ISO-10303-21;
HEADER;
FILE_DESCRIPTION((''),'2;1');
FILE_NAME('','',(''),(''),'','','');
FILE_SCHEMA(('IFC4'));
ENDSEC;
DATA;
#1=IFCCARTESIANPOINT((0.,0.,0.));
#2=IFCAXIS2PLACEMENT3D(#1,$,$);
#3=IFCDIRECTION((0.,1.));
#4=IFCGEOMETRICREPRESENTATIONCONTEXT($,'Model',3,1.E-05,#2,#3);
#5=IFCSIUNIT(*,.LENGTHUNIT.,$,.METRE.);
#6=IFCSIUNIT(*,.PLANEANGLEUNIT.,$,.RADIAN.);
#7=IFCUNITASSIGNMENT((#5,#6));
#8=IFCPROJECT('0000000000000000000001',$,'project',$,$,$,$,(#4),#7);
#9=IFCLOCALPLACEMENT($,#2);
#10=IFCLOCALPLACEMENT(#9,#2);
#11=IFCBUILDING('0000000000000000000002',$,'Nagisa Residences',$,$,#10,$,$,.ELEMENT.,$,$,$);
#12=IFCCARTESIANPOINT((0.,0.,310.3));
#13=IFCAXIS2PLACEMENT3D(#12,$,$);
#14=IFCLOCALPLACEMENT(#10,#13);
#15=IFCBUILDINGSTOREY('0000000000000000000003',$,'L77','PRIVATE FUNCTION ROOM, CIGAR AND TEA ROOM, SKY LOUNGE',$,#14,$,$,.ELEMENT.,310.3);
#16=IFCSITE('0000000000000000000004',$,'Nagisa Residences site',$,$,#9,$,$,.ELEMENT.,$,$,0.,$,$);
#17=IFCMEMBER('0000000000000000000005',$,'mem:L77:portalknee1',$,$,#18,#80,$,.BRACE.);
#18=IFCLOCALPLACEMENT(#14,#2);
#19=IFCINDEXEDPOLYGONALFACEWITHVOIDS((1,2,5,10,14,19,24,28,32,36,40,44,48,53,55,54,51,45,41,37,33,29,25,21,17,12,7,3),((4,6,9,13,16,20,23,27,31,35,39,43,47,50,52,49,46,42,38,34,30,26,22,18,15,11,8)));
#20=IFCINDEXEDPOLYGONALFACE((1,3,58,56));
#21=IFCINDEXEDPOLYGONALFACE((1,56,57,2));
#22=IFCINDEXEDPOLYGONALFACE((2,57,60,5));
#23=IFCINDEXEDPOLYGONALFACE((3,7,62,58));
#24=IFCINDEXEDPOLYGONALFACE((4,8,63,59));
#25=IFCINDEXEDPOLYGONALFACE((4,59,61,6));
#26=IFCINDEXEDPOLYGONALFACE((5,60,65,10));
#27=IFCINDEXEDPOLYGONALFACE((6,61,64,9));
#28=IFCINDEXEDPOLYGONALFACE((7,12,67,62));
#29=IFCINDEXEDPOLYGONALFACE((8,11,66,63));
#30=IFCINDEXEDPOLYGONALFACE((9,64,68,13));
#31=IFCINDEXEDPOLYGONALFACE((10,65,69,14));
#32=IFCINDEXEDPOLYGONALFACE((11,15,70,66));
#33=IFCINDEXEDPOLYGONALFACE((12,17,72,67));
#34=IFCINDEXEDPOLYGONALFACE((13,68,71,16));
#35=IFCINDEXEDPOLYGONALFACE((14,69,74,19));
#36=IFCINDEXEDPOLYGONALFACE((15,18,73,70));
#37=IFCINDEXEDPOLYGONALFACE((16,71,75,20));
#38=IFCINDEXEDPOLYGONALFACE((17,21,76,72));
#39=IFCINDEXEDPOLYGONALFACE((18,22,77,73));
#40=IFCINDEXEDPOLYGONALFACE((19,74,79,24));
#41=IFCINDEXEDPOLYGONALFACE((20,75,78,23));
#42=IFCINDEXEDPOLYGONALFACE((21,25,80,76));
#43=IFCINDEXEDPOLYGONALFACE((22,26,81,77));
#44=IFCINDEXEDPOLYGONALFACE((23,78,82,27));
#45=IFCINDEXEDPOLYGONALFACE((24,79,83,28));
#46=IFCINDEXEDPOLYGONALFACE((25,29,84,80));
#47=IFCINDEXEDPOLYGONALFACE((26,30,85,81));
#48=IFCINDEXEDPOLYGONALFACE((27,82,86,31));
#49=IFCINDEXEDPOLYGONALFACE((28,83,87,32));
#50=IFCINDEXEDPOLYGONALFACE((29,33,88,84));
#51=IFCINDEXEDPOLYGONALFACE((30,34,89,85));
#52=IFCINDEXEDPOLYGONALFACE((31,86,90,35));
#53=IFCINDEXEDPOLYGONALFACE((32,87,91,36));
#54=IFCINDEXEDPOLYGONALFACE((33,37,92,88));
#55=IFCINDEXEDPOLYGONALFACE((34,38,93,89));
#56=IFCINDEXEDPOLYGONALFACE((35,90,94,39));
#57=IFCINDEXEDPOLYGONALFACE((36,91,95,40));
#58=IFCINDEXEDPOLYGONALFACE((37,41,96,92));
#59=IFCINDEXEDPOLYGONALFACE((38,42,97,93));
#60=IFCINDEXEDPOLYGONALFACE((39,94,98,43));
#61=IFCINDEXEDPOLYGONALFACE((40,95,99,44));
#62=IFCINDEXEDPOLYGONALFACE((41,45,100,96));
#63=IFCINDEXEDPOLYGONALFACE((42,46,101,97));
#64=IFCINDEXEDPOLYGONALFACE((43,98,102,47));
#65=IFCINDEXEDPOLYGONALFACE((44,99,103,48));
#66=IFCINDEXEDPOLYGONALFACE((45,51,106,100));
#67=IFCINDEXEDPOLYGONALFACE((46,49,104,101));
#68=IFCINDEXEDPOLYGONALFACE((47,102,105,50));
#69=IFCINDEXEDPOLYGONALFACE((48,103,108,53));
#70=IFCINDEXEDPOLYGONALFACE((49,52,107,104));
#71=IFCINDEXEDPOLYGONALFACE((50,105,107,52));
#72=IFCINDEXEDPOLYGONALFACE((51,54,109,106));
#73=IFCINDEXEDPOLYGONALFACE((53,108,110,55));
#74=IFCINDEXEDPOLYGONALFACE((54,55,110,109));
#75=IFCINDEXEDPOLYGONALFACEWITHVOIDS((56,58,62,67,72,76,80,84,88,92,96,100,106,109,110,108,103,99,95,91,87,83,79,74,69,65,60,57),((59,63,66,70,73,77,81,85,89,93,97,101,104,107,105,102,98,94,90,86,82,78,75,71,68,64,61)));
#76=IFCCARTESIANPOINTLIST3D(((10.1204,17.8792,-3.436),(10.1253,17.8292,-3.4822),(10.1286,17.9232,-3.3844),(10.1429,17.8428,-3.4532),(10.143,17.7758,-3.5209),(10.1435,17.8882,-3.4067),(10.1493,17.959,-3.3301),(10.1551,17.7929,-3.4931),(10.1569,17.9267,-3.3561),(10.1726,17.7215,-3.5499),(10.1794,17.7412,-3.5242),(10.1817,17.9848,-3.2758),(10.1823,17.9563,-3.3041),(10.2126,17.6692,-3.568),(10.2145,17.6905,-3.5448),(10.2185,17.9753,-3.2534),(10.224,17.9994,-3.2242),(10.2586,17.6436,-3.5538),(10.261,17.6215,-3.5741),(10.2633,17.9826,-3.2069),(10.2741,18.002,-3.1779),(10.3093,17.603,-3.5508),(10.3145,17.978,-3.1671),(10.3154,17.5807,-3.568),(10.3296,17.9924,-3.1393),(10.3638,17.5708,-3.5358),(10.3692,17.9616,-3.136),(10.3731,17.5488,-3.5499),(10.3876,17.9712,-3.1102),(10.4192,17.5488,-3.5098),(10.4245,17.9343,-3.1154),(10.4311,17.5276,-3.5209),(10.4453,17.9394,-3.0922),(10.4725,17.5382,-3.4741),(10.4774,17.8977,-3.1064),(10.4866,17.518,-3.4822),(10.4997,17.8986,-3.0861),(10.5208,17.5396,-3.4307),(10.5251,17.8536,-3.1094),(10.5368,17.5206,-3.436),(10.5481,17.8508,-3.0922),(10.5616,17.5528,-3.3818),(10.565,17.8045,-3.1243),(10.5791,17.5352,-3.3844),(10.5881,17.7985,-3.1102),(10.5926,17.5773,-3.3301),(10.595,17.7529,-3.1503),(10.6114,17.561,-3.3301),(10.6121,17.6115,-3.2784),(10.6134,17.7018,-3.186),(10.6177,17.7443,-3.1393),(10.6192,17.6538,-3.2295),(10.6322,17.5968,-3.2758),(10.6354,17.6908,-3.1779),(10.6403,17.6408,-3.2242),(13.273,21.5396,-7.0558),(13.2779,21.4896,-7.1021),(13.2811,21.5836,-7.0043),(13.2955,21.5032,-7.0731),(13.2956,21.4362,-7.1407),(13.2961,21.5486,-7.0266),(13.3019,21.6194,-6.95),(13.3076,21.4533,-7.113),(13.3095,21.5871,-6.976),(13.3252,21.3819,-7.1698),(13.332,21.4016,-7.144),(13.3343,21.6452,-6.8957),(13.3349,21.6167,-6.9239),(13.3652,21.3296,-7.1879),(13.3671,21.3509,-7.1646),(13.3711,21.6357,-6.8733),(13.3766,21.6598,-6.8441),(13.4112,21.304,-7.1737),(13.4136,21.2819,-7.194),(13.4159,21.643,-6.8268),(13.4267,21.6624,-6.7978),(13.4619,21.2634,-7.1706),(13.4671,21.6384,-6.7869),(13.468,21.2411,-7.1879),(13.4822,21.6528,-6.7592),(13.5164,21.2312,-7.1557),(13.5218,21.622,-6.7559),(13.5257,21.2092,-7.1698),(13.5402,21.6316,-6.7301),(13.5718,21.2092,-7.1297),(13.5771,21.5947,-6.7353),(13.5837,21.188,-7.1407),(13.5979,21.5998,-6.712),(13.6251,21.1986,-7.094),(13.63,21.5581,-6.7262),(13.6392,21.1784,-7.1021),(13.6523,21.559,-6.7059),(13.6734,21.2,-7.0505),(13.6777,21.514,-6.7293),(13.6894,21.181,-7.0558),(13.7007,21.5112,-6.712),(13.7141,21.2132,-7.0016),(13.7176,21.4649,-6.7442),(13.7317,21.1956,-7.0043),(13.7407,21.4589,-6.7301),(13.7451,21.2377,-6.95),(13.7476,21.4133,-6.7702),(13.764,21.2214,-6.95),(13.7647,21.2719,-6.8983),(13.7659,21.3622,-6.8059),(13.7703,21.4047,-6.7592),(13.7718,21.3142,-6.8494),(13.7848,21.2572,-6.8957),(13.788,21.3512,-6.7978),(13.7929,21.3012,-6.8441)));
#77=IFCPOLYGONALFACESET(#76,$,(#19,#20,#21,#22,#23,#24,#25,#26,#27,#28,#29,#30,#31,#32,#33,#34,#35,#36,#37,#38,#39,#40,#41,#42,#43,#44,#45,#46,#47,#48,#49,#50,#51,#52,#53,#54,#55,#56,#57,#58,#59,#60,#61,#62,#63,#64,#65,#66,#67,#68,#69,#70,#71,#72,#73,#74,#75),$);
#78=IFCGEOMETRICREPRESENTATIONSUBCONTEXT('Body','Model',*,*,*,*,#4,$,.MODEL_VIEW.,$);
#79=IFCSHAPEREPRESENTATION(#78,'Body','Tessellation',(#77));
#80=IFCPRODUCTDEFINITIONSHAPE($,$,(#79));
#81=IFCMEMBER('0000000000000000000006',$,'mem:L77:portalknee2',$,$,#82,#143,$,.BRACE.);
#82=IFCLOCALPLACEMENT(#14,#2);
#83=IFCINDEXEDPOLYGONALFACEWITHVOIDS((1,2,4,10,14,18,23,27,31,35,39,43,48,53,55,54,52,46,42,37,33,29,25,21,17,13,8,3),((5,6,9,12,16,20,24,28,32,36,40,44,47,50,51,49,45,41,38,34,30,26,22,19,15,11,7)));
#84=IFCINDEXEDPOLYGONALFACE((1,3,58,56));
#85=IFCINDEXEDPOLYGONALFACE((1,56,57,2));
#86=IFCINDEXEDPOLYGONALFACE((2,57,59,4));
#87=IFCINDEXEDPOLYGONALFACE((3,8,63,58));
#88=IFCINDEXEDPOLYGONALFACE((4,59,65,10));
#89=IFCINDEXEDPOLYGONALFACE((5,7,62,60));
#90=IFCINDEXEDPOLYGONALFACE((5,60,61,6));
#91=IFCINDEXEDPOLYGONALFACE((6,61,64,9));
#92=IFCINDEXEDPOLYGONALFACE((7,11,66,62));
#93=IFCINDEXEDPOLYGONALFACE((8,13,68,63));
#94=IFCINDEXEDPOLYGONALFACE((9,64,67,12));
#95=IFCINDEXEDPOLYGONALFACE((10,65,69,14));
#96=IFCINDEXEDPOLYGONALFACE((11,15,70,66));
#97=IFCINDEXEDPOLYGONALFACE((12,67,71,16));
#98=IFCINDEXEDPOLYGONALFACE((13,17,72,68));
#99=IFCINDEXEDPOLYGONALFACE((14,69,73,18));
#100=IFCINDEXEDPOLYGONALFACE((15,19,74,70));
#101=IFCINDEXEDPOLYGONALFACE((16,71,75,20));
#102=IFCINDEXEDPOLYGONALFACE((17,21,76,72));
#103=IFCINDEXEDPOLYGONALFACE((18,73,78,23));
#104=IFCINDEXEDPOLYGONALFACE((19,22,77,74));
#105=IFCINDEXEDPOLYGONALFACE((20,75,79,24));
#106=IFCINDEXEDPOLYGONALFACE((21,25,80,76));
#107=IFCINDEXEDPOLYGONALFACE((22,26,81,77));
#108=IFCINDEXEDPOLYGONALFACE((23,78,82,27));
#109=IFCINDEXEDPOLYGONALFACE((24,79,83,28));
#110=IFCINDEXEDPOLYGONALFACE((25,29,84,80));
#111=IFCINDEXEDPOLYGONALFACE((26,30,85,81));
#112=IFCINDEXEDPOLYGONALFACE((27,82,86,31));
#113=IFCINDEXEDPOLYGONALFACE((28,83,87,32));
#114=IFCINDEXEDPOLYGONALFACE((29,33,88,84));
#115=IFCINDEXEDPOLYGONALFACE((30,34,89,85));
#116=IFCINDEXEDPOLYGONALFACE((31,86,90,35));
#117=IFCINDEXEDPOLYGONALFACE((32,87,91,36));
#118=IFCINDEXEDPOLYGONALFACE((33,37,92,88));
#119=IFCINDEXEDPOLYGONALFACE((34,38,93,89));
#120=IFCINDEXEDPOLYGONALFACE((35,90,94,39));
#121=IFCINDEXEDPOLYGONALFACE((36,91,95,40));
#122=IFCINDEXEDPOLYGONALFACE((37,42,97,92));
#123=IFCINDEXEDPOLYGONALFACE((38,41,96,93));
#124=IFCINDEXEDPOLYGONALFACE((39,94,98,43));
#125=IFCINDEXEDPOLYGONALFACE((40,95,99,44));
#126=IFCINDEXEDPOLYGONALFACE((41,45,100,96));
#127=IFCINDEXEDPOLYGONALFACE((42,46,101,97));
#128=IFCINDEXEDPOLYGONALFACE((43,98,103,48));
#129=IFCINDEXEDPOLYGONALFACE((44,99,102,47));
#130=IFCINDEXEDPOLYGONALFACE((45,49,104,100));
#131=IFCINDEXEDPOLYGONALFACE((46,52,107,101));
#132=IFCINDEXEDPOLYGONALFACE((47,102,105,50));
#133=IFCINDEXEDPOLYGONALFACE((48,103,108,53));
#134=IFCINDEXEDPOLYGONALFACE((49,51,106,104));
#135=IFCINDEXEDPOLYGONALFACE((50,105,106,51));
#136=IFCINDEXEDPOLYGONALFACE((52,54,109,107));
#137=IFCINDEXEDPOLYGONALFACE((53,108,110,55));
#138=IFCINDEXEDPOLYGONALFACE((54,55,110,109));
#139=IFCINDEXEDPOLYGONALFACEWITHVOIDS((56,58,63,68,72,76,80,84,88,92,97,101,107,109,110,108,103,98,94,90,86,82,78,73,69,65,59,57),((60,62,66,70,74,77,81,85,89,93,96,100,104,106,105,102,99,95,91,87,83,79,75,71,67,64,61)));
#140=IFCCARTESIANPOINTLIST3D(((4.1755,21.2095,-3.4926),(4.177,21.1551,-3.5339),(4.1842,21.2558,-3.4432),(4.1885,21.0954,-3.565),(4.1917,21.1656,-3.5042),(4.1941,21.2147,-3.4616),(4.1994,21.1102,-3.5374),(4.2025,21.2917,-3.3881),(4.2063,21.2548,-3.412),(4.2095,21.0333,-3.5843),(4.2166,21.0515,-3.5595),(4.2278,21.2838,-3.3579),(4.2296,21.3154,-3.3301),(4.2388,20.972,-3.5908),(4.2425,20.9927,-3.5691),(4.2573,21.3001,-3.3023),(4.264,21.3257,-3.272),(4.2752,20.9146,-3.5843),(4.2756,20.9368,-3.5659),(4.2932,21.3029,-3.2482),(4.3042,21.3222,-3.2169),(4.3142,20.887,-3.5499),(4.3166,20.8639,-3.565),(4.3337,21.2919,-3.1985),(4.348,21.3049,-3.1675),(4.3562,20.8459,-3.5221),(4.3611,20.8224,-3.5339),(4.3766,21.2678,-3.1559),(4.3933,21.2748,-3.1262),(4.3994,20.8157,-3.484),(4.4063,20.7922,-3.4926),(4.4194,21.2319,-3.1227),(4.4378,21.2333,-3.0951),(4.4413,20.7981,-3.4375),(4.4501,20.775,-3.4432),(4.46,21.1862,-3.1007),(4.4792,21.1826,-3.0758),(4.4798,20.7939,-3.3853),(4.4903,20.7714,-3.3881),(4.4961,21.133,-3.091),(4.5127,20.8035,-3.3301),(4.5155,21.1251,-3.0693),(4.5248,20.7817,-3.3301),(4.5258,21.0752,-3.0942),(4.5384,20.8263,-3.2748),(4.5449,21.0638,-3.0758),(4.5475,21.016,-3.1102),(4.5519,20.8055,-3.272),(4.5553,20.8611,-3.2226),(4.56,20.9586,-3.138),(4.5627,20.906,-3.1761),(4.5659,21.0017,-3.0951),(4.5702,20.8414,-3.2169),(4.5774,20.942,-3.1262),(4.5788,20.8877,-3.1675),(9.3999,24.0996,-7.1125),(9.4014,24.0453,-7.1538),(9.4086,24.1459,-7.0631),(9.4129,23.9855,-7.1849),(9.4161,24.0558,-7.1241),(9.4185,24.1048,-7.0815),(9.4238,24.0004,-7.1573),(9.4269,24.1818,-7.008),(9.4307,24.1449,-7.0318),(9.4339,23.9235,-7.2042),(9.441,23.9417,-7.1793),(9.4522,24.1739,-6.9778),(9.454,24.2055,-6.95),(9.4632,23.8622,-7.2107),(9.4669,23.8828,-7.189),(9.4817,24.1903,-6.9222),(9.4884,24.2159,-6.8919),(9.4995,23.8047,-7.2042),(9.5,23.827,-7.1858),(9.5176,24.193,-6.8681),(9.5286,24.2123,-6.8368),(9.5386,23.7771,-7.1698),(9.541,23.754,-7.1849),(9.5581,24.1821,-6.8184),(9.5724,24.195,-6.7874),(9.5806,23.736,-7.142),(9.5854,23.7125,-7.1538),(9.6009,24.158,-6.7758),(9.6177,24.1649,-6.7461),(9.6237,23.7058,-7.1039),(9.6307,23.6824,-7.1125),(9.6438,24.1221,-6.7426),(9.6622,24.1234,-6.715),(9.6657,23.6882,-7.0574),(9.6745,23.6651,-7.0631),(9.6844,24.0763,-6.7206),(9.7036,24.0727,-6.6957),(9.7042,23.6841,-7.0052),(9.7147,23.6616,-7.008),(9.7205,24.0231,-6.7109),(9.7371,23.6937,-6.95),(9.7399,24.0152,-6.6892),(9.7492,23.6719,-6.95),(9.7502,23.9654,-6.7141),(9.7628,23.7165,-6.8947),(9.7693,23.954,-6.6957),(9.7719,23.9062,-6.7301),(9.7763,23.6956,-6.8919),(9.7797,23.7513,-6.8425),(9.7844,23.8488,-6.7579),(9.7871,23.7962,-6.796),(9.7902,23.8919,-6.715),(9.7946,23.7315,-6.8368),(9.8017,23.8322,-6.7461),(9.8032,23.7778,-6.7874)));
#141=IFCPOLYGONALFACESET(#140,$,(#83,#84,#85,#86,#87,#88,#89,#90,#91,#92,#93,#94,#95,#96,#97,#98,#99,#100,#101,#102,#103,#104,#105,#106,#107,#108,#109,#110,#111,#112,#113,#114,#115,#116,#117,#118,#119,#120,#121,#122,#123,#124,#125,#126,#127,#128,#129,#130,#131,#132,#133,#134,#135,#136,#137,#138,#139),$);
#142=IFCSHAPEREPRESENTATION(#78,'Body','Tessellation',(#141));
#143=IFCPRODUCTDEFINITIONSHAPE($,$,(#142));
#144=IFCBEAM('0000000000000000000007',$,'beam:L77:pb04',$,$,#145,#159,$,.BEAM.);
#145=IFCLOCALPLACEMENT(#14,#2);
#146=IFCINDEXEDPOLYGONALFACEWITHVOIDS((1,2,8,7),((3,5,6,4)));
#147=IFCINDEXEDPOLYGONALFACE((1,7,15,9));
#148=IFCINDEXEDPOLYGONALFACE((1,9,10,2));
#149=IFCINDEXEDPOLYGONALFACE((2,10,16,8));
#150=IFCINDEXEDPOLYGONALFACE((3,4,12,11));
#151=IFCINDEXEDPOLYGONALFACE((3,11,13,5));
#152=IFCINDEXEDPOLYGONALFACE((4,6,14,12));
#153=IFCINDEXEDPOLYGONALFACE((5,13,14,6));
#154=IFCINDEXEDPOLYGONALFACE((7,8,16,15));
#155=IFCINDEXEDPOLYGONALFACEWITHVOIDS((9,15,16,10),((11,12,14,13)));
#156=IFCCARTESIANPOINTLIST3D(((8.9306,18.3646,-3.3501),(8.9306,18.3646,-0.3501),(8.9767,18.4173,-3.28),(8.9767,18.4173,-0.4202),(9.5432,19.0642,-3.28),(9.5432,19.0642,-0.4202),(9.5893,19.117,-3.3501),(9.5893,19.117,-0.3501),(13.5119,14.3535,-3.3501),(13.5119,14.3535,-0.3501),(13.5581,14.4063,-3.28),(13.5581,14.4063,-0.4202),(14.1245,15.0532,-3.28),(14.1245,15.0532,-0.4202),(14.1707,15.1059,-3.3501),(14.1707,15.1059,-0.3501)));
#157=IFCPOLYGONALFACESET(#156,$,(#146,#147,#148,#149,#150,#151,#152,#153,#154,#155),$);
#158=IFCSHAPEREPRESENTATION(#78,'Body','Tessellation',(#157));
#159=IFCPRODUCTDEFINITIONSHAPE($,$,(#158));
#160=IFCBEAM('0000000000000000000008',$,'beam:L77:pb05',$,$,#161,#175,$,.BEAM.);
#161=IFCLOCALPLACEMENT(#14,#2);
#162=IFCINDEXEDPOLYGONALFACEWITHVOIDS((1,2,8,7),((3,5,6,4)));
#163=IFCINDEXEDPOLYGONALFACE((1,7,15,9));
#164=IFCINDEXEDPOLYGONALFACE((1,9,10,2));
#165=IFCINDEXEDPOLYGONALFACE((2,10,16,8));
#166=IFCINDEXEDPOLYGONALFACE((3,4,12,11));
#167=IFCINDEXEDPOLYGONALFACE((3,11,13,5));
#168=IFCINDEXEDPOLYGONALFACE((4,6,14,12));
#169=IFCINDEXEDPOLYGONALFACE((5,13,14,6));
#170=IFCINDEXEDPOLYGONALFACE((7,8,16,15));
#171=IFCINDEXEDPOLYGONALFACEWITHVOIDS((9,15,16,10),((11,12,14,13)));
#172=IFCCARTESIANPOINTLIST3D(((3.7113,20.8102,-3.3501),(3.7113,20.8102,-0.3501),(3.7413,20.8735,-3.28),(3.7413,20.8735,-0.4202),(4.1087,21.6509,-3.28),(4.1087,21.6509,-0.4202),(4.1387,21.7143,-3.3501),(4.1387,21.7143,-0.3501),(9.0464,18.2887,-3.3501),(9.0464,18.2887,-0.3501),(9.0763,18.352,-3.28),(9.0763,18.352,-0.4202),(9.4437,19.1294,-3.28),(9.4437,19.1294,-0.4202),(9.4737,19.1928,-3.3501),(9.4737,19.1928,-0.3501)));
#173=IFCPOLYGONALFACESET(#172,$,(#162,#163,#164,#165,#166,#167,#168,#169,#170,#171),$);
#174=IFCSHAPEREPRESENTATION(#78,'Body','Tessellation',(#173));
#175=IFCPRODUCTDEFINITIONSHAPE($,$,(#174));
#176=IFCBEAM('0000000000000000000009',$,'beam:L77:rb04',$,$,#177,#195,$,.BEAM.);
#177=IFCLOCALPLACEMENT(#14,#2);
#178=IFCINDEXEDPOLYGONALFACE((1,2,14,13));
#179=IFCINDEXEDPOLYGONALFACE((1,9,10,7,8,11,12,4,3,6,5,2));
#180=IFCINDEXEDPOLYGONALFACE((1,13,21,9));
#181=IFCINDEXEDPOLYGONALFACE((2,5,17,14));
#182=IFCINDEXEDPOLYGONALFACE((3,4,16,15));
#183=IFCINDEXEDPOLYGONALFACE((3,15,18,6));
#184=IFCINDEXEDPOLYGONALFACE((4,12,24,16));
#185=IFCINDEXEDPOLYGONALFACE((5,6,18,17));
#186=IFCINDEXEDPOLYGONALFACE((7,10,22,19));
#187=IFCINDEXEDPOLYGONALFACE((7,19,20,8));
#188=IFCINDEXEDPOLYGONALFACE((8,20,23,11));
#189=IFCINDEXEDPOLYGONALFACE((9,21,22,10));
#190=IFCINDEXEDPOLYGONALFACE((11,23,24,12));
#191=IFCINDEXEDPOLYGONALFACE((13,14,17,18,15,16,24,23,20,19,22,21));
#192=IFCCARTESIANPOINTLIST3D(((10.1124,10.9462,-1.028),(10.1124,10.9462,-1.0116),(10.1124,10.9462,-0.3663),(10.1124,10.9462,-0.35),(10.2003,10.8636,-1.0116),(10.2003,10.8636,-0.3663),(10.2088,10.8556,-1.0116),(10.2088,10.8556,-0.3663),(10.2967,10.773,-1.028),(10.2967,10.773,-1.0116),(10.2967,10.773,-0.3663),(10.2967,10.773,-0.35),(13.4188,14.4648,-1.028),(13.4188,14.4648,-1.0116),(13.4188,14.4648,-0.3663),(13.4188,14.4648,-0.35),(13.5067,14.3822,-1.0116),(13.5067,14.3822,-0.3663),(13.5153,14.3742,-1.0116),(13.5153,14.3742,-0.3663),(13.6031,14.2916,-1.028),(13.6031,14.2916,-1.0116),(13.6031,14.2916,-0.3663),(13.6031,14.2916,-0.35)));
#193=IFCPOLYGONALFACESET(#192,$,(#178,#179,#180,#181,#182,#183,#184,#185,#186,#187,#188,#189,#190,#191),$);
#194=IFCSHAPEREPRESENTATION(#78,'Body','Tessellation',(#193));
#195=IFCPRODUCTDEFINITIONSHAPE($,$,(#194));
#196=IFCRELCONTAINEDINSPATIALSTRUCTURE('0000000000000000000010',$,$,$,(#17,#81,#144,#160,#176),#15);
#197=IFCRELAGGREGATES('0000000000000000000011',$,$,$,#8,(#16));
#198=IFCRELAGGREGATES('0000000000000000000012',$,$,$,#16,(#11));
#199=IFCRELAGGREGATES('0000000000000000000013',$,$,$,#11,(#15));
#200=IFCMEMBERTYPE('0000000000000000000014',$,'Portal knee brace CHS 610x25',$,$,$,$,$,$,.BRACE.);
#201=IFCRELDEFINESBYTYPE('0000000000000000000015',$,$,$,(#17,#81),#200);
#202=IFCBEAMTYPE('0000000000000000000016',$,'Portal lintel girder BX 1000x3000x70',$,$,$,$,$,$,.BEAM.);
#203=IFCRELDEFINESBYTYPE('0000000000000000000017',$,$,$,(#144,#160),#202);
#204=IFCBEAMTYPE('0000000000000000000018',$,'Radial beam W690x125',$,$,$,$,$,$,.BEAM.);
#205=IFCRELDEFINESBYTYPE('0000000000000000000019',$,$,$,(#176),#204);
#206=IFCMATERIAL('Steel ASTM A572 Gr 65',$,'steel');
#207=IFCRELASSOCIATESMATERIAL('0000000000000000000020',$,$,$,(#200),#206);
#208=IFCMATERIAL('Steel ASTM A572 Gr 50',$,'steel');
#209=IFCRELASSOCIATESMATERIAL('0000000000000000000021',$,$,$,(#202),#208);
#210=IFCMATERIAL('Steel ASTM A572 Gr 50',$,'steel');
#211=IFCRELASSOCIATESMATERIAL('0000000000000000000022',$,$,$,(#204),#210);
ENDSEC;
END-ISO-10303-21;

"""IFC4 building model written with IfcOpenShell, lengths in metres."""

from ifc_helpers import new_model, si_unit, direction, frame, origin, origin_2d, place, context, subcontext, project, spatial, hollow_rectangle, hollow_circle, i_section, extrude, material, material_profile, profile_set, type_object, element, save


model = new_model("IFC4")

# Units and contexts
model_context = context("Model", 3, precision=1e-05, world=origin(), true_north=direction((0.0, 1.0)))
body_context = subcontext(model_context, "Body", "Model", "MODEL_VIEW")
ifc_project = project(units=[si_unit("LENGTHUNIT", "METRE"), si_unit("PLANEANGLEUNIT", "RADIAN")], contexts=[model_context])

# Site, building, storey
site_placement = place(None, origin())
site = spatial("IfcSite", under=ifc_project, at=site_placement, Name="Nagisa Residences site", CompositionType="ELEMENT", RefElevation=0.0)
building_placement = place(site_placement, origin())
building = spatial("IfcBuilding", under=site, at=building_placement, Name="Nagisa Residences", CompositionType="ELEMENT")
storey_placement = place(building_placement, frame((0.0, 0.0, 310.3)))
storey = spatial("IfcBuildingStorey", under=building, at=storey_placement, Name="L77", Description="PRIVATE FUNCTION ROOM, CIGAR AND TEA ROOM, SKY LOUNGE", CompositionType="ELEMENT", Elevation=310.3)

# Members
ifc_material_1 = material(Name="Steel ASTM A572 Gr 65", Category="steel")
ifc_material_profile_1 = material_profile(ifc_material_1, hollow_circle(Radius=0.3049, WallThickness=0.0249, at=origin_2d()), Name="CHS 610x25")
ifc_profile_set_1 = profile_set([ifc_material_profile_1], Name="Steel ASTM A572 Gr 65")
member_type_1 = type_object("IfcMemberType", Name="Portal knee brace CHS 610x25", PredefinedType="BRACE", material=ifc_profile_set_1)
member_1_placement = place(storey_placement, frame((13.533, 21.4204, -6.95), z_axis=(-0.522244, -0.606366, 0.599652), x_axis=(0.75771, -0.652592, 0.0)))
element("IfcMember", 1, at=member_1_placement, inside=storey, type_object=member_type_1, Name="mem:L77:portalknee1", PredefinedType="BRACE", context=body_context, shape_type="SweptSolid", body=[
    extrude(hollow_circle(Radius=0.3049, WallThickness=0.0249, at=origin_2d()), origin(), (0.0, 0.0, 1.0), 6.0366),
])
member_2_placement = place(storey_placement, frame((9.6016, 23.9387, -6.95), z_axis=(-0.748246, -0.413932, 0.518447), x_axis=(0.484069, -0.87503, 0.0)))
element("IfcMember", 2, at=member_2_placement, inside=storey, type_object=member_type_1, Name="mem:L77:portalknee2", PredefinedType="BRACE", context=body_context, shape_type="SweptSolid", body=[
    extrude(hollow_circle(Radius=0.3049, WallThickness=0.0249, at=origin_2d()), origin(), (0.0, 0.0, 1.0), 6.9822),
])

# Beams
ifc_material_2 = material(Name="Steel ASTM A572 Gr 50", Category="steel")
ifc_material_profile_2 = material_profile(ifc_material_2, hollow_rectangle(XDim=1.0, YDim=3.0, WallThickness=0.0701, at=origin_2d()), Name="BX 1000x3000x70")
ifc_profile_set_2 = profile_set([ifc_material_profile_2], Name="Steel ASTM A572 Gr 50")
beam_type_1 = type_object("IfcBeamType", Name="Portal lintel girder BX 1000x3000x70", PredefinedType="BEAM", material=ifc_profile_set_2)
beam_1_placement = place(storey_placement, frame((13.8413, 14.7297, -1.8501), z_axis=(-0.752385, 0.658723, 0.0), x_axis=(-0.658723, -0.752385, 0.0)))
element("IfcBeam", 3, at=beam_1_placement, inside=storey, type_object=beam_type_1, Name="beam:L77:pb04", PredefinedType="BEAM", context=body_context, shape_type="SweptSolid", body=[
    extrude(hollow_rectangle(XDim=1.0, YDim=3.0, WallThickness=0.0701, at=origin_2d()), origin(), (0.0, 0.0, 1.0), 6.0891),
])
beam_2_placement = place(storey_placement, frame((9.26, 18.7407, -1.8501), z_axis=(-0.904105, 0.427311, 0.0), x_axis=(-0.427311, -0.904105, 0.0)))
element("IfcBeam", 4, at=beam_2_placement, inside=storey, type_object=beam_type_1, Name="beam:L77:pb05", PredefinedType="BEAM", context=body_context, shape_type="SweptSolid", body=[
    extrude(hollow_rectangle(XDim=1.0, YDim=3.0, WallThickness=0.0701, at=origin_2d()), origin(), (0.0, 0.0, 1.0), 5.9009),
])
ifc_material_3 = material(Name="Steel ASTM A572 Gr 50", Category="steel")
ifc_material_profile_3 = material_profile(ifc_material_3, i_section(OverallWidth=0.2529, OverallDepth=0.678, WebThickness=0.0117, FlangeThickness=0.0164, at=origin_2d()), Name="W690x125")
ifc_profile_set_3 = profile_set([ifc_material_profile_3], Name="Steel ASTM A572 Gr 50")
beam_type_2 = type_object("IfcBeamType", Name="Radial beam W690x125", PredefinedType="BEAM", material=ifc_profile_set_3)
beam_3_placement = place(storey_placement, frame((13.511, 14.3782, -0.689), z_axis=(-0.684795, -0.728736, 0.0), x_axis=(0.728736, -0.684795, 0.0)))
element("IfcBeam", 5, at=beam_3_placement, inside=storey, type_object=beam_type_2, Name="beam:L77:rb04", PredefinedType="BEAM", context=body_context, shape_type="SweptSolid", body=[
    extrude(i_section(OverallWidth=0.2529, OverallDepth=0.678, WebThickness=0.0117, FlangeThickness=0.0164, at=origin_2d()), origin(), (0.0, 0.0, 1.0), 4.8284),
])

save(model, "model.ifc")
